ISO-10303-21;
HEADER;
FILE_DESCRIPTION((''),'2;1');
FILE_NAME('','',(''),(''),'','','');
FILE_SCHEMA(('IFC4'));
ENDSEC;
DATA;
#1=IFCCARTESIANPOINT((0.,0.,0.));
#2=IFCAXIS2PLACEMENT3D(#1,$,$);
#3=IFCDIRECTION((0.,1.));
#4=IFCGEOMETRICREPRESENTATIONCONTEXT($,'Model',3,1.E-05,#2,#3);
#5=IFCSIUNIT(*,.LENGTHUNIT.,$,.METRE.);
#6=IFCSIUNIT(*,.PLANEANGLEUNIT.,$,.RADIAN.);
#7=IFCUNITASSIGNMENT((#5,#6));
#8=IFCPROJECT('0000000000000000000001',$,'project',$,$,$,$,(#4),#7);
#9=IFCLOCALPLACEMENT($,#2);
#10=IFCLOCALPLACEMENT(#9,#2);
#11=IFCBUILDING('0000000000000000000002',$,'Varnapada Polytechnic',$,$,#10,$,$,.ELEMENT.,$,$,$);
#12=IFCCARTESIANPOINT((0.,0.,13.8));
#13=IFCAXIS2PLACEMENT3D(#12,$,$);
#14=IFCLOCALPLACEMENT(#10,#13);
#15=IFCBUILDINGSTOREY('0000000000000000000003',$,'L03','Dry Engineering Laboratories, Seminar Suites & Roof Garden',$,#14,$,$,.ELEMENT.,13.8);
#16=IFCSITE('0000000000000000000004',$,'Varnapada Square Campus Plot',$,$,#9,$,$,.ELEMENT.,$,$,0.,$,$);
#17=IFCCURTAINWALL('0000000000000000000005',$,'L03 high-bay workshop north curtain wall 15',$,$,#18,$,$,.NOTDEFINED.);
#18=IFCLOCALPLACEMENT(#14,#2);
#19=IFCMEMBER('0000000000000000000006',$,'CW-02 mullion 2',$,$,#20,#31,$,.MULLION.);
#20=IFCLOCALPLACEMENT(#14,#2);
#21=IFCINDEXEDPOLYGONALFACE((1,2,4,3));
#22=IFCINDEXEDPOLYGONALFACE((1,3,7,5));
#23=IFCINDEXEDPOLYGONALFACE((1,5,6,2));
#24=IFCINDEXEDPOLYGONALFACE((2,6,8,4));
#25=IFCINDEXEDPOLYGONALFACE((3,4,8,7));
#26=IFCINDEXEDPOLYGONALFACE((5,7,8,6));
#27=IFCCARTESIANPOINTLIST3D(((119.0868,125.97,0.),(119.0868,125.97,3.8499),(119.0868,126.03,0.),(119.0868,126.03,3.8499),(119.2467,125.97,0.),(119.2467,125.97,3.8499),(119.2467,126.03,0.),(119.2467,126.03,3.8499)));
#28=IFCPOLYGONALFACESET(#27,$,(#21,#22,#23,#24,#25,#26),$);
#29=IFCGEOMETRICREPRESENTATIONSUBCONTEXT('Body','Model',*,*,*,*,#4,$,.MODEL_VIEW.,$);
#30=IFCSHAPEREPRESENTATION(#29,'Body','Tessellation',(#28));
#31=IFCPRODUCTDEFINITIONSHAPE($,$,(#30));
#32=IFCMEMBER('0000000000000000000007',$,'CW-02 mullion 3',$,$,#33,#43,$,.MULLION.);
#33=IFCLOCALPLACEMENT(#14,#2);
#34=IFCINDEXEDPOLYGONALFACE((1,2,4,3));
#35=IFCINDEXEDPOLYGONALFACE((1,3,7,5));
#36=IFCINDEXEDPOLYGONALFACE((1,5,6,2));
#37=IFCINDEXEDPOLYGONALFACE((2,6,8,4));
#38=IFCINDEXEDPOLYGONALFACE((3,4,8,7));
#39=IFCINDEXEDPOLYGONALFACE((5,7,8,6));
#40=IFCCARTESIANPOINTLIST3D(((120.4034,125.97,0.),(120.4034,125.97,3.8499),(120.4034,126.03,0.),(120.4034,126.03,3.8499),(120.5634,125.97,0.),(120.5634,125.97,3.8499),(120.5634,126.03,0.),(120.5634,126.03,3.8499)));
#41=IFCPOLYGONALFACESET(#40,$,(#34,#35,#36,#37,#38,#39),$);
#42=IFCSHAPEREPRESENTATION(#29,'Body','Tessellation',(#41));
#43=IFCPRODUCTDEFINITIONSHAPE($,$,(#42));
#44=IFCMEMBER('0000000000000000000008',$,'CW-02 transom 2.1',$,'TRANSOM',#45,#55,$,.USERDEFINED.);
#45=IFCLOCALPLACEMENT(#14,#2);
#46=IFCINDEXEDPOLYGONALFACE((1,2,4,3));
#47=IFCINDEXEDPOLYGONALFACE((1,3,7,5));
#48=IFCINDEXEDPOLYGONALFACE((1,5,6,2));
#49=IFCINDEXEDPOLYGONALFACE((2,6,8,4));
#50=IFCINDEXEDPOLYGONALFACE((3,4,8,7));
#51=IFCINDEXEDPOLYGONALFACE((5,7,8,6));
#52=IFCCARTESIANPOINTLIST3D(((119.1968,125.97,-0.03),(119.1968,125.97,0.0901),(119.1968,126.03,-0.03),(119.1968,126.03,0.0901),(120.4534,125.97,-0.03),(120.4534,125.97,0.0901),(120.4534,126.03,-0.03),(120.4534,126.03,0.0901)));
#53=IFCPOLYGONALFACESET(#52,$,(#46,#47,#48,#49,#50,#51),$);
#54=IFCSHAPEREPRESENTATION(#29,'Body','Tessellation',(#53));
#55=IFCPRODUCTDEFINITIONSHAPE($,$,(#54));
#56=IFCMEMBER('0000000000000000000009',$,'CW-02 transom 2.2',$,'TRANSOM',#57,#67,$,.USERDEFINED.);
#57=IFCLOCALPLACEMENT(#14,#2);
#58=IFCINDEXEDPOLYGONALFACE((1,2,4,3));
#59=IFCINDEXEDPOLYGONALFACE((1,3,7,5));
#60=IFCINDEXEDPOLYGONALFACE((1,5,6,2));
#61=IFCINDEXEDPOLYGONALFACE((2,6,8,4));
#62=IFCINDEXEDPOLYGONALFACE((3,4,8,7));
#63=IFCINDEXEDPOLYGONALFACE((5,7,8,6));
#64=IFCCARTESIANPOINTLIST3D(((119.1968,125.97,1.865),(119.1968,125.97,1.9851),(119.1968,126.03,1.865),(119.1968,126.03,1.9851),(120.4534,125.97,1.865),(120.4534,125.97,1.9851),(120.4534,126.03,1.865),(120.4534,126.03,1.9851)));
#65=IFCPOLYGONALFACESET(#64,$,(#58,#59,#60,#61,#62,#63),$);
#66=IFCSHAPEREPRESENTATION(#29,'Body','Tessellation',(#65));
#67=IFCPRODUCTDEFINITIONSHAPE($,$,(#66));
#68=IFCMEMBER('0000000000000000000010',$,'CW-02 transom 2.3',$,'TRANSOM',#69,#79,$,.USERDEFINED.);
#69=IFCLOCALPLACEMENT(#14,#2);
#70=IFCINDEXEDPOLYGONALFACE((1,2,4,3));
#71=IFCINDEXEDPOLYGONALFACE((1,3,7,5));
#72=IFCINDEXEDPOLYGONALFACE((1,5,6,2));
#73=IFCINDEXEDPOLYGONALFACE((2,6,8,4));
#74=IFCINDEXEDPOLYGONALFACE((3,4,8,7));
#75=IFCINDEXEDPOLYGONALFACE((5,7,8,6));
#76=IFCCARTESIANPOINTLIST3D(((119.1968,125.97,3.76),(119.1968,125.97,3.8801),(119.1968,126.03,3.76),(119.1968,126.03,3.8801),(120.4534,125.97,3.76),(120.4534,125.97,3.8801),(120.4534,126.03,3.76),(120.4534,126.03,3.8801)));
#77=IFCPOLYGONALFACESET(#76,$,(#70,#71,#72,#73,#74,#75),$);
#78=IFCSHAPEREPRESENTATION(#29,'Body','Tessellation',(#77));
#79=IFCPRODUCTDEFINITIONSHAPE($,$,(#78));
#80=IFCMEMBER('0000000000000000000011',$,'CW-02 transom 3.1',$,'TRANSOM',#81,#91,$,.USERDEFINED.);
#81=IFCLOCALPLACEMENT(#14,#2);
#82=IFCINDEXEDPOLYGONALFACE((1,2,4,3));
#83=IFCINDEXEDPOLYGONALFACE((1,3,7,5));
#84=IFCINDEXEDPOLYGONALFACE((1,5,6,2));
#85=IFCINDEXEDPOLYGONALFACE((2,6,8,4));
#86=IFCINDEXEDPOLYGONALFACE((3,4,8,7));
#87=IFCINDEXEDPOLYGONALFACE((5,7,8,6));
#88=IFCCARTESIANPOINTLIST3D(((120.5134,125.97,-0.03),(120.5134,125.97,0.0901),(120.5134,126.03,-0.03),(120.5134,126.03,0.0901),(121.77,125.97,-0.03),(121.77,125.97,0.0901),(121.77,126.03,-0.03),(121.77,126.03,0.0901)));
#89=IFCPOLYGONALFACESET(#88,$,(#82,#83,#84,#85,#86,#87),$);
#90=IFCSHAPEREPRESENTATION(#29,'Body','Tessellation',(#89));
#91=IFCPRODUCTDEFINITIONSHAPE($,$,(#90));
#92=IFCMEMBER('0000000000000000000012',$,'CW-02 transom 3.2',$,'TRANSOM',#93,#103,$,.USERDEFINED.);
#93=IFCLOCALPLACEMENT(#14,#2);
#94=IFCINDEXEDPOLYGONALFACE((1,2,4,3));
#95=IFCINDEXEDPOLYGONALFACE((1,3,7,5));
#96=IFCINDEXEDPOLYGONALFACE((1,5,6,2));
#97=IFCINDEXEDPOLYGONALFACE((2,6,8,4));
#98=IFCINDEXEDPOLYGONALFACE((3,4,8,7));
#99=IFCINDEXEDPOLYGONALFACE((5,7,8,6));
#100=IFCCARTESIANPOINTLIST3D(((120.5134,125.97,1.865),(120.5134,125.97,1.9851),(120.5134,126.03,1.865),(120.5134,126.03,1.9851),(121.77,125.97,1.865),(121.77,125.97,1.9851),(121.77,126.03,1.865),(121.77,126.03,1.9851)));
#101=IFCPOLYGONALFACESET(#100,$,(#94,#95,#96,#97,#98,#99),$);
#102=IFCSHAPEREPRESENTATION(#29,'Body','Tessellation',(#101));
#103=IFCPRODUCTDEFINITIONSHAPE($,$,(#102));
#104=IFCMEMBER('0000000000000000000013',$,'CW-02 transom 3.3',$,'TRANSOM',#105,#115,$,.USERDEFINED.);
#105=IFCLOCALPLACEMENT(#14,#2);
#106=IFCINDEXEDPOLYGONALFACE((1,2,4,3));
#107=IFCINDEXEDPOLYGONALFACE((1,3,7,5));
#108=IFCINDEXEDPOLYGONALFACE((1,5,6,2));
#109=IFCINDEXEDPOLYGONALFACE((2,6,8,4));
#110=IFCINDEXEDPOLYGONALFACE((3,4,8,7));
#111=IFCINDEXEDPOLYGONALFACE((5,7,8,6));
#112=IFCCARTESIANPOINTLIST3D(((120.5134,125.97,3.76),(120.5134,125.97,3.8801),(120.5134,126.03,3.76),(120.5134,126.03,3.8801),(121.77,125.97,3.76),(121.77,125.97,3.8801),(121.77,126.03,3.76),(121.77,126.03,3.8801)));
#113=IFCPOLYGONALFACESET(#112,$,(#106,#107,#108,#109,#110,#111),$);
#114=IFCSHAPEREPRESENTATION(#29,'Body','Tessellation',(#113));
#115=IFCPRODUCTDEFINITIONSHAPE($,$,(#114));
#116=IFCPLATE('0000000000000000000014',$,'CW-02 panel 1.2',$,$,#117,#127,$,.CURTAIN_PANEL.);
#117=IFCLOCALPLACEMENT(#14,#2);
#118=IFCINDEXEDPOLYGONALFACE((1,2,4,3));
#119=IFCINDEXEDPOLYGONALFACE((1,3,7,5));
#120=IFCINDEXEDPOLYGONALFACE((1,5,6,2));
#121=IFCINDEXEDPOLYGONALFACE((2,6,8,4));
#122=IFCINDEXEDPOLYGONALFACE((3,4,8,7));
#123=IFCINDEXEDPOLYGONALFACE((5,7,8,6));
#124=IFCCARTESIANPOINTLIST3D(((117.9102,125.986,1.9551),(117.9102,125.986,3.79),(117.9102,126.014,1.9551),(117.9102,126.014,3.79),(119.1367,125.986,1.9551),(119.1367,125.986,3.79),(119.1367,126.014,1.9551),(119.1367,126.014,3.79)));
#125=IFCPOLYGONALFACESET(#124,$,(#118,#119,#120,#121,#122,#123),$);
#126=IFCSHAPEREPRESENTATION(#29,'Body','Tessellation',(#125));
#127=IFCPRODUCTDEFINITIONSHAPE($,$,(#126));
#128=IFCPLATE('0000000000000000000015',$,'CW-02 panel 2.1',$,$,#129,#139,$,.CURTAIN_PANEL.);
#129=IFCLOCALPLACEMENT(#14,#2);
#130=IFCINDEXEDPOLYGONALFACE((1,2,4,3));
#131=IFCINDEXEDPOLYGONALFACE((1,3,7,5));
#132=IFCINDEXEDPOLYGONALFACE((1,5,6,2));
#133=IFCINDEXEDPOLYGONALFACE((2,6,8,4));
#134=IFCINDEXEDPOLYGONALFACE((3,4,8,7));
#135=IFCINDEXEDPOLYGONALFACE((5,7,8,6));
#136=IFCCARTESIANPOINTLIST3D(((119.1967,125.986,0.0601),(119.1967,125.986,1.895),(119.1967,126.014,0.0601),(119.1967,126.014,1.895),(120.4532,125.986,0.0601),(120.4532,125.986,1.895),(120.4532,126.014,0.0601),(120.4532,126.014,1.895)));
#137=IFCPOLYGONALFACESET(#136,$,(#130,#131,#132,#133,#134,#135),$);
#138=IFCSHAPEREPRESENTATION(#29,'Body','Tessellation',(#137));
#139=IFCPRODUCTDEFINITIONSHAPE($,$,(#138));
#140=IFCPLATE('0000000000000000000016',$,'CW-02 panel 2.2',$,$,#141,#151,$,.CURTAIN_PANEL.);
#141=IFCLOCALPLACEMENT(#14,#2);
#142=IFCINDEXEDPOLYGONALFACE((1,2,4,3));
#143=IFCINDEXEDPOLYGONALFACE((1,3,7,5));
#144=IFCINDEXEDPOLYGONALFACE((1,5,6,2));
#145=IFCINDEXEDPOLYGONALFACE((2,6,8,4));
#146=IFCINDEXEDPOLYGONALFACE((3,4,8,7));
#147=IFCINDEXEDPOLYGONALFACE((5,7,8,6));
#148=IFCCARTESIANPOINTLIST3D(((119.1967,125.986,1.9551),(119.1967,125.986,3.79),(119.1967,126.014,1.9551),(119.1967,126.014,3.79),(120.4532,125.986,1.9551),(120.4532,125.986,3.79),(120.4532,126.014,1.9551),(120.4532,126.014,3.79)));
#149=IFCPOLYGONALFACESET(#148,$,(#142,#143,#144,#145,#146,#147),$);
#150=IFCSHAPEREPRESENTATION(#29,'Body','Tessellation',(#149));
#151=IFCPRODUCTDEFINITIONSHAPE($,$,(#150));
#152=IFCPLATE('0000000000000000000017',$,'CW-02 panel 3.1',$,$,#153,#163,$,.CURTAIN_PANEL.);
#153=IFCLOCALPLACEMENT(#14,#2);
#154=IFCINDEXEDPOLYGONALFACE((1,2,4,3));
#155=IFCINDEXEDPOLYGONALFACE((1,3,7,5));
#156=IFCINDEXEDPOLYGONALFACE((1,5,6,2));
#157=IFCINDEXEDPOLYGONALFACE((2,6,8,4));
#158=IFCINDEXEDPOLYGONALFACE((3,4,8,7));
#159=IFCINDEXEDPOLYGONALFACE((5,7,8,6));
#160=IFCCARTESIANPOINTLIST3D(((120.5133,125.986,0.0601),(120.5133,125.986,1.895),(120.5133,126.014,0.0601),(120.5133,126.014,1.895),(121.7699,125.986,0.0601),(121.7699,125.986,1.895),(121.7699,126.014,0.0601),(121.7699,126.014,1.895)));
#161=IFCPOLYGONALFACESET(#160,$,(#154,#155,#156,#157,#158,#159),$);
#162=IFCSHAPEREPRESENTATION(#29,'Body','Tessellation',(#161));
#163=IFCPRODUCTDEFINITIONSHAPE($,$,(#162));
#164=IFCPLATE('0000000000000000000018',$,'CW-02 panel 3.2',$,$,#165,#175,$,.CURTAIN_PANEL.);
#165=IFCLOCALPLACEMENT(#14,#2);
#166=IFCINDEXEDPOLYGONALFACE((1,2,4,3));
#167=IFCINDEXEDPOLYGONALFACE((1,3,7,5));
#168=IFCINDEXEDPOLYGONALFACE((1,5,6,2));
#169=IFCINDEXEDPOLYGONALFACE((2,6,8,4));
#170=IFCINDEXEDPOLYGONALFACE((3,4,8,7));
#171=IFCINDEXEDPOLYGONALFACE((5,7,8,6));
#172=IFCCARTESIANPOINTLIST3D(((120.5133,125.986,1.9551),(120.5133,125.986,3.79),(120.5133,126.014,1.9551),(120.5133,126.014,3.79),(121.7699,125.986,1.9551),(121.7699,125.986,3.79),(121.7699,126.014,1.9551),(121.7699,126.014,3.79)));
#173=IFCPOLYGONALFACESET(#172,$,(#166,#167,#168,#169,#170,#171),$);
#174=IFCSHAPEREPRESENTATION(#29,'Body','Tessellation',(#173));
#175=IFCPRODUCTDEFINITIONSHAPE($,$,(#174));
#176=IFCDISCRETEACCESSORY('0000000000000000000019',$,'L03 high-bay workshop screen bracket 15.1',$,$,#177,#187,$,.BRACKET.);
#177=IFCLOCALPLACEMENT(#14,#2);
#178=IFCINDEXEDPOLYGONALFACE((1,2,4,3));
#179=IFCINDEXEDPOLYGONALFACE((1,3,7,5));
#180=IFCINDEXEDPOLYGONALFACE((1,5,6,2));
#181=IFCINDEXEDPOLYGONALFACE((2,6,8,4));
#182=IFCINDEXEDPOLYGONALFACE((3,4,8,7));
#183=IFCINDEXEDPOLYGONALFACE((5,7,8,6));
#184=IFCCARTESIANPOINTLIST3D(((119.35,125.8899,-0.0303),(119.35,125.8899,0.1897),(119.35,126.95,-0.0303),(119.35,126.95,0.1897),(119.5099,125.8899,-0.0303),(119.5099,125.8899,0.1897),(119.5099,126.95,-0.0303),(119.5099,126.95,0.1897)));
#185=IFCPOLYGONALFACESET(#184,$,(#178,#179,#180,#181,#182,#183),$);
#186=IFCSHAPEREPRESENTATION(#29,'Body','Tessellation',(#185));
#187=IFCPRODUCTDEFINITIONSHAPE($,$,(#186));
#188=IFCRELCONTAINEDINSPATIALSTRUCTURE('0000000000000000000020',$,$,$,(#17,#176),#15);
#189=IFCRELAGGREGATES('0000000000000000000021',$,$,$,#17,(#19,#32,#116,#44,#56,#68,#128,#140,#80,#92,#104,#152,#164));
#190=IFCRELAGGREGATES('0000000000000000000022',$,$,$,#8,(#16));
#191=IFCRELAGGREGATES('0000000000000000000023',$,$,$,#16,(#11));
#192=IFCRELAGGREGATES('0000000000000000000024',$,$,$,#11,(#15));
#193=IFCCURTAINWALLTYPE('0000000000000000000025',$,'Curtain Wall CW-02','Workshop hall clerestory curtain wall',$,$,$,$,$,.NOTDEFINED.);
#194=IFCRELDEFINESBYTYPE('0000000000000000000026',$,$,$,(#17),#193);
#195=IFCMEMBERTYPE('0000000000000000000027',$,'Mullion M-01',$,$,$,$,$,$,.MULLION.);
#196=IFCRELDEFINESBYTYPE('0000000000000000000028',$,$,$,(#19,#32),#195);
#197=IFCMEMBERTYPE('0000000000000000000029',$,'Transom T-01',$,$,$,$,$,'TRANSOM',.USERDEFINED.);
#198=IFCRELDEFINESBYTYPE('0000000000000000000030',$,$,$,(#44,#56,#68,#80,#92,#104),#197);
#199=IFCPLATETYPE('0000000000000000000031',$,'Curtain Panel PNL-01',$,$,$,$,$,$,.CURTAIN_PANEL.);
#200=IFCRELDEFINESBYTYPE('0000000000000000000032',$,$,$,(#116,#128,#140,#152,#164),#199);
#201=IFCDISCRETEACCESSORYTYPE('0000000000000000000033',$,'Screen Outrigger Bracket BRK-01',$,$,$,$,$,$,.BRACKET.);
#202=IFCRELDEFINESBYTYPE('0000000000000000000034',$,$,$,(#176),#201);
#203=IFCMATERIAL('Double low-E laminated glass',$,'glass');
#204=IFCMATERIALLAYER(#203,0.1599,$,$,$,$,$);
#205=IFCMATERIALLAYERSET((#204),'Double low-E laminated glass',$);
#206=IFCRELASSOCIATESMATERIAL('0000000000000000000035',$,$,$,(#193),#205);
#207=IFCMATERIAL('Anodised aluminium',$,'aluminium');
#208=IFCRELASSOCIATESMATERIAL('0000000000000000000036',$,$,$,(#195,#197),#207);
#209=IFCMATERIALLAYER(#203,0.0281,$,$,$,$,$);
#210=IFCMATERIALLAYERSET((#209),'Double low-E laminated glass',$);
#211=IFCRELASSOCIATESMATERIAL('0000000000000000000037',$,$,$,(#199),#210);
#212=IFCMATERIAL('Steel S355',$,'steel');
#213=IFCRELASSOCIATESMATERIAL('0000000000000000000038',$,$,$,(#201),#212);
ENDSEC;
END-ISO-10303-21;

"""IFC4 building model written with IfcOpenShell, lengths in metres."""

from ifc_helpers import new_model, si_unit, direction, frame, origin, origin_2d, place, context, subcontext, project, spatial, rectangle, extrude, material, layer, layer_set, material_profile, profile_set, type_object, element, aggregate, save


model = new_model("IFC4")

# Units and contexts
model_context = context("Model", 3, precision=1e-05, world=origin(), true_north=direction((0.0, 1.0)))
body_context = subcontext(model_context, "Body", "Model", "MODEL_VIEW")
ifc_project = project(units=[si_unit("LENGTHUNIT", "METRE"), si_unit("PLANEANGLEUNIT", "RADIAN")], contexts=[model_context])

# Site, building, storey
site_placement = place(None, origin())
site = spatial("IfcSite", under=ifc_project, at=site_placement, Name="Varnapada Square Campus Plot", CompositionType="ELEMENT", RefElevation=0.0)
building_placement = place(site_placement, origin())
building = spatial("IfcBuilding", under=site, at=building_placement, Name="Varnapada Polytechnic", CompositionType="ELEMENT")
storey_placement = place(building_placement, frame((0.0, 0.0, 13.8)))
storey = spatial("IfcBuildingStorey", under=building, at=storey_placement, Name="L03", Description="Dry Engineering Laboratories, Seminar Suites & Roof Garden", CompositionType="ELEMENT", Elevation=13.8)

# Curtain wall, members, plates
ifc_material_1 = material(Name="Double low-E laminated glass", Category="glass")
ifc_layer_1 = layer(ifc_material_1, 0.1599)
ifc_layer_set_1 = layer_set([ifc_layer_1], Name="Double low-E laminated glass")
curtain_wall_type = type_object("IfcCurtainWallType", Name="Curtain Wall CW-02", Description="Workshop hall clerestory curtain wall", PredefinedType="NOTDEFINED", material=ifc_layer_set_1)
curtain_wall_placement = place(storey_placement, origin())
curtain_wall = element("IfcCurtainWall", 1, at=curtain_wall_placement, inside=storey, type_object=curtain_wall_type, Name="L03 high-bay workshop north curtain wall 15", PredefinedType="NOTDEFINED")
ifc_material_2 = material(Name="Anodised aluminium", Category="aluminium")
ifc_material_profile_1 = material_profile(ifc_material_2, rectangle(XDim=0.0601, YDim=0.1599, at=origin_2d()), Name="ALU M60x160")
ifc_profile_set_1 = profile_set([ifc_material_profile_1], Name="Anodised aluminium")
member_type_1 = type_object("IfcMemberType", Name="Mullion M-01", PredefinedType="MULLION", material=ifc_profile_set_1)
member_1_placement = place(storey_placement, frame((119.1667, 126.0, 0.0), z_axis=(0.0, 0.0, 1.0), x_axis=(0.0, 1.0, 0.0)))
member_1 = element("IfcMember", 2, at=member_1_placement, type_object=member_type_1, Name="CW-02 mullion 2", PredefinedType="MULLION", context=body_context, shape_type="SweptSolid", body=[
    extrude(rectangle(XDim=0.0601, YDim=0.1599, at=origin_2d()), origin(), (0.0, 0.0, 1.0), 3.8499),
])
member_2_placement = place(storey_placement, frame((120.4834, 126.0, 0.0), z_axis=(0.0, 0.0, 1.0), x_axis=(0.0, 1.0, 0.0)))
member_2 = element("IfcMember", 3, at=member_2_placement, type_object=member_type_1, Name="CW-02 mullion 3", PredefinedType="MULLION", context=body_context, shape_type="SweptSolid", body=[
    extrude(rectangle(XDim=0.0601, YDim=0.1599, at=origin_2d()), origin(), (0.0, 0.0, 1.0), 3.8499),
])
ifc_material_profile_2 = material_profile(ifc_material_2, rectangle(XDim=0.0601, YDim=0.1201, at=origin_2d()), Name="ALU T60x120")
ifc_profile_set_2 = profile_set([ifc_material_profile_2], Name="Anodised aluminium")
member_type_2 = type_object("IfcMemberType", Name="Transom T-01", ElementType="TRANSOM", PredefinedType="USERDEFINED", material=ifc_profile_set_2)
member_3_placement = place(storey_placement, frame((119.1968, 126.0, 0.03), z_axis=(1.0, 0.0, 0.0), x_axis=(0.0, 1.0, 0.0)))
member_3 = element("IfcMember", 4, at=member_3_placement, type_object=member_type_2, Name="CW-02 transom 2.1", ObjectType="TRANSOM", PredefinedType="USERDEFINED", context=body_context, shape_type="SweptSolid", body=[
    extrude(rectangle(XDim=0.0601, YDim=0.1201, at=origin_2d()), origin(), (0.0, 0.0, 1.0), 1.2566),
])
member_4_placement = place(storey_placement, frame((119.1968, 126.0, 1.925), z_axis=(1.0, 0.0, 0.0), x_axis=(0.0, 1.0, 0.0)))
member_4 = element("IfcMember", 5, at=member_4_placement, type_object=member_type_2, Name="CW-02 transom 2.2", ObjectType="TRANSOM", PredefinedType="USERDEFINED", context=body_context, shape_type="SweptSolid", body=[
    extrude(rectangle(XDim=0.0601, YDim=0.1201, at=origin_2d()), origin(), (0.0, 0.0, 1.0), 1.2566),
])
member_5_placement = place(storey_placement, frame((119.1968, 126.0, 3.8201), z_axis=(1.0, 0.0, 0.0), x_axis=(0.0, 1.0, 0.0)))
member_5 = element("IfcMember", 6, at=member_5_placement, type_object=member_type_2, Name="CW-02 transom 2.3", ObjectType="TRANSOM", PredefinedType="USERDEFINED", context=body_context, shape_type="SweptSolid", body=[
    extrude(rectangle(XDim=0.0601, YDim=0.1201, at=origin_2d()), origin(), (0.0, 0.0, 1.0), 1.2566),
])
member_6_placement = place(storey_placement, frame((120.5134, 126.0, 0.03), z_axis=(1.0, 0.0, 0.0), x_axis=(0.0, 1.0, 0.0)))
member_6 = element("IfcMember", 7, at=member_6_placement, type_object=member_type_2, Name="CW-02 transom 3.1", ObjectType="TRANSOM", PredefinedType="USERDEFINED", context=body_context, shape_type="SweptSolid", body=[
    extrude(rectangle(XDim=0.0601, YDim=0.1201, at=origin_2d()), origin(), (0.0, 0.0, 1.0), 1.2566),
])
member_7_placement = place(storey_placement, frame((120.5134, 126.0, 1.925), z_axis=(1.0, 0.0, 0.0), x_axis=(0.0, 1.0, 0.0)))
member_7 = element("IfcMember", 8, at=member_7_placement, type_object=member_type_2, Name="CW-02 transom 3.2", ObjectType="TRANSOM", PredefinedType="USERDEFINED", context=body_context, shape_type="SweptSolid", body=[
    extrude(rectangle(XDim=0.0601, YDim=0.1201, at=origin_2d()), origin(), (0.0, 0.0, 1.0), 1.2566),
])
member_8_placement = place(storey_placement, frame((120.5134, 126.0, 3.8201), z_axis=(1.0, 0.0, 0.0), x_axis=(0.0, 1.0, 0.0)))
member_8 = element("IfcMember", 9, at=member_8_placement, type_object=member_type_2, Name="CW-02 transom 3.3", ObjectType="TRANSOM", PredefinedType="USERDEFINED", context=body_context, shape_type="SweptSolid", body=[
    extrude(rectangle(XDim=0.0601, YDim=0.1201, at=origin_2d()), origin(), (0.0, 0.0, 1.0), 1.2566),
])
ifc_layer_2 = layer(ifc_material_1, 0.0281)
ifc_layer_set_2 = layer_set([ifc_layer_2], Name="Double low-E laminated glass")
plate_type = type_object("IfcPlateType", Name="Curtain Panel PNL-01", PredefinedType="CURTAIN_PANEL", material=ifc_layer_set_2)
plate_1_placement = place(storey_placement, frame((118.5234, 126.0, 1.9551), z_axis=(0.0, 0.0, 1.0), x_axis=(1.0, 0.0, 0.0)))
plate_1 = element("IfcPlate", 10, at=plate_1_placement, type_object=plate_type, Name="CW-02 panel 1.2", PredefinedType="CURTAIN_PANEL", context=body_context, shape_type="SweptSolid", body=[
    extrude(rectangle(XDim=1.2266, YDim=0.0281, at=origin_2d()), origin(), (0.0, 0.0, 1.0), 1.835),
])
plate_2_placement = place(storey_placement, frame((119.825, 126.0, 0.0601), z_axis=(0.0, 0.0, 1.0), x_axis=(1.0, 0.0, 0.0)))
plate_2 = element("IfcPlate", 11, at=plate_2_placement, type_object=plate_type, Name="CW-02 panel 2.1", PredefinedType="CURTAIN_PANEL", context=body_context, shape_type="SweptSolid", body=[
    extrude(rectangle(XDim=1.2566, YDim=0.0281, at=origin_2d()), origin(), (0.0, 0.0, 1.0), 1.835),
])
plate_3_placement = place(storey_placement, frame((119.825, 126.0, 1.9551), z_axis=(0.0, 0.0, 1.0), x_axis=(1.0, 0.0, 0.0)))
plate_3 = element("IfcPlate", 12, at=plate_3_placement, type_object=plate_type, Name="CW-02 panel 2.2", PredefinedType="CURTAIN_PANEL", context=body_context, shape_type="SweptSolid", body=[
    extrude(rectangle(XDim=1.2566, YDim=0.0281, at=origin_2d()), origin(), (0.0, 0.0, 1.0), 1.835),
])
plate_4_placement = place(storey_placement, frame((121.1416, 126.0, 0.0601), z_axis=(0.0, 0.0, 1.0), x_axis=(1.0, 0.0, 0.0)))
plate_4 = element("IfcPlate", 13, at=plate_4_placement, type_object=plate_type, Name="CW-02 panel 3.1", PredefinedType="CURTAIN_PANEL", context=body_context, shape_type="SweptSolid", body=[
    extrude(rectangle(XDim=1.2566, YDim=0.0281, at=origin_2d()), origin(), (0.0, 0.0, 1.0), 1.835),
])
plate_5_placement = place(storey_placement, frame((121.1416, 126.0, 1.9551), z_axis=(0.0, 0.0, 1.0), x_axis=(1.0, 0.0, 0.0)))
plate_5 = element("IfcPlate", 14, at=plate_5_placement, type_object=plate_type, Name="CW-02 panel 3.2", PredefinedType="CURTAIN_PANEL", context=body_context, shape_type="SweptSolid", body=[
    extrude(rectangle(XDim=1.2566, YDim=0.0281, at=origin_2d()), origin(), (0.0, 0.0, 1.0), 1.835),
])
aggregate(curtain_wall, [member_1, member_2, plate_1, member_3, member_4, member_5, plate_2, plate_3, member_6, member_7, member_8, plate_4, plate_5])

# Discrete accessory
ifc_material_3 = material(Name="Steel S355", Category="steel")
discrete_accessory_type = type_object("IfcDiscreteAccessoryType", Name="Screen Outrigger Bracket BRK-01", PredefinedType="BRACKET", material=ifc_material_3)
discrete_accessory_placement = place(storey_placement, frame((119.4299, 126.4199, -0.0303), z_axis=(0.0, 0.0, 1.0), x_axis=(1.0, 0.0, 0.0)))
element("IfcDiscreteAccessory", 15, at=discrete_accessory_placement, inside=storey, type_object=discrete_accessory_type, Name="L03 high-bay workshop screen bracket 15.1", PredefinedType="BRACKET", context=body_context, shape_type="SweptSolid", body=[
    extrude(rectangle(XDim=0.1599, YDim=1.0601, at=origin_2d()), origin(), (0.0, 0.0, 1.0), 0.22),
])

save(model, "model.ifc")
